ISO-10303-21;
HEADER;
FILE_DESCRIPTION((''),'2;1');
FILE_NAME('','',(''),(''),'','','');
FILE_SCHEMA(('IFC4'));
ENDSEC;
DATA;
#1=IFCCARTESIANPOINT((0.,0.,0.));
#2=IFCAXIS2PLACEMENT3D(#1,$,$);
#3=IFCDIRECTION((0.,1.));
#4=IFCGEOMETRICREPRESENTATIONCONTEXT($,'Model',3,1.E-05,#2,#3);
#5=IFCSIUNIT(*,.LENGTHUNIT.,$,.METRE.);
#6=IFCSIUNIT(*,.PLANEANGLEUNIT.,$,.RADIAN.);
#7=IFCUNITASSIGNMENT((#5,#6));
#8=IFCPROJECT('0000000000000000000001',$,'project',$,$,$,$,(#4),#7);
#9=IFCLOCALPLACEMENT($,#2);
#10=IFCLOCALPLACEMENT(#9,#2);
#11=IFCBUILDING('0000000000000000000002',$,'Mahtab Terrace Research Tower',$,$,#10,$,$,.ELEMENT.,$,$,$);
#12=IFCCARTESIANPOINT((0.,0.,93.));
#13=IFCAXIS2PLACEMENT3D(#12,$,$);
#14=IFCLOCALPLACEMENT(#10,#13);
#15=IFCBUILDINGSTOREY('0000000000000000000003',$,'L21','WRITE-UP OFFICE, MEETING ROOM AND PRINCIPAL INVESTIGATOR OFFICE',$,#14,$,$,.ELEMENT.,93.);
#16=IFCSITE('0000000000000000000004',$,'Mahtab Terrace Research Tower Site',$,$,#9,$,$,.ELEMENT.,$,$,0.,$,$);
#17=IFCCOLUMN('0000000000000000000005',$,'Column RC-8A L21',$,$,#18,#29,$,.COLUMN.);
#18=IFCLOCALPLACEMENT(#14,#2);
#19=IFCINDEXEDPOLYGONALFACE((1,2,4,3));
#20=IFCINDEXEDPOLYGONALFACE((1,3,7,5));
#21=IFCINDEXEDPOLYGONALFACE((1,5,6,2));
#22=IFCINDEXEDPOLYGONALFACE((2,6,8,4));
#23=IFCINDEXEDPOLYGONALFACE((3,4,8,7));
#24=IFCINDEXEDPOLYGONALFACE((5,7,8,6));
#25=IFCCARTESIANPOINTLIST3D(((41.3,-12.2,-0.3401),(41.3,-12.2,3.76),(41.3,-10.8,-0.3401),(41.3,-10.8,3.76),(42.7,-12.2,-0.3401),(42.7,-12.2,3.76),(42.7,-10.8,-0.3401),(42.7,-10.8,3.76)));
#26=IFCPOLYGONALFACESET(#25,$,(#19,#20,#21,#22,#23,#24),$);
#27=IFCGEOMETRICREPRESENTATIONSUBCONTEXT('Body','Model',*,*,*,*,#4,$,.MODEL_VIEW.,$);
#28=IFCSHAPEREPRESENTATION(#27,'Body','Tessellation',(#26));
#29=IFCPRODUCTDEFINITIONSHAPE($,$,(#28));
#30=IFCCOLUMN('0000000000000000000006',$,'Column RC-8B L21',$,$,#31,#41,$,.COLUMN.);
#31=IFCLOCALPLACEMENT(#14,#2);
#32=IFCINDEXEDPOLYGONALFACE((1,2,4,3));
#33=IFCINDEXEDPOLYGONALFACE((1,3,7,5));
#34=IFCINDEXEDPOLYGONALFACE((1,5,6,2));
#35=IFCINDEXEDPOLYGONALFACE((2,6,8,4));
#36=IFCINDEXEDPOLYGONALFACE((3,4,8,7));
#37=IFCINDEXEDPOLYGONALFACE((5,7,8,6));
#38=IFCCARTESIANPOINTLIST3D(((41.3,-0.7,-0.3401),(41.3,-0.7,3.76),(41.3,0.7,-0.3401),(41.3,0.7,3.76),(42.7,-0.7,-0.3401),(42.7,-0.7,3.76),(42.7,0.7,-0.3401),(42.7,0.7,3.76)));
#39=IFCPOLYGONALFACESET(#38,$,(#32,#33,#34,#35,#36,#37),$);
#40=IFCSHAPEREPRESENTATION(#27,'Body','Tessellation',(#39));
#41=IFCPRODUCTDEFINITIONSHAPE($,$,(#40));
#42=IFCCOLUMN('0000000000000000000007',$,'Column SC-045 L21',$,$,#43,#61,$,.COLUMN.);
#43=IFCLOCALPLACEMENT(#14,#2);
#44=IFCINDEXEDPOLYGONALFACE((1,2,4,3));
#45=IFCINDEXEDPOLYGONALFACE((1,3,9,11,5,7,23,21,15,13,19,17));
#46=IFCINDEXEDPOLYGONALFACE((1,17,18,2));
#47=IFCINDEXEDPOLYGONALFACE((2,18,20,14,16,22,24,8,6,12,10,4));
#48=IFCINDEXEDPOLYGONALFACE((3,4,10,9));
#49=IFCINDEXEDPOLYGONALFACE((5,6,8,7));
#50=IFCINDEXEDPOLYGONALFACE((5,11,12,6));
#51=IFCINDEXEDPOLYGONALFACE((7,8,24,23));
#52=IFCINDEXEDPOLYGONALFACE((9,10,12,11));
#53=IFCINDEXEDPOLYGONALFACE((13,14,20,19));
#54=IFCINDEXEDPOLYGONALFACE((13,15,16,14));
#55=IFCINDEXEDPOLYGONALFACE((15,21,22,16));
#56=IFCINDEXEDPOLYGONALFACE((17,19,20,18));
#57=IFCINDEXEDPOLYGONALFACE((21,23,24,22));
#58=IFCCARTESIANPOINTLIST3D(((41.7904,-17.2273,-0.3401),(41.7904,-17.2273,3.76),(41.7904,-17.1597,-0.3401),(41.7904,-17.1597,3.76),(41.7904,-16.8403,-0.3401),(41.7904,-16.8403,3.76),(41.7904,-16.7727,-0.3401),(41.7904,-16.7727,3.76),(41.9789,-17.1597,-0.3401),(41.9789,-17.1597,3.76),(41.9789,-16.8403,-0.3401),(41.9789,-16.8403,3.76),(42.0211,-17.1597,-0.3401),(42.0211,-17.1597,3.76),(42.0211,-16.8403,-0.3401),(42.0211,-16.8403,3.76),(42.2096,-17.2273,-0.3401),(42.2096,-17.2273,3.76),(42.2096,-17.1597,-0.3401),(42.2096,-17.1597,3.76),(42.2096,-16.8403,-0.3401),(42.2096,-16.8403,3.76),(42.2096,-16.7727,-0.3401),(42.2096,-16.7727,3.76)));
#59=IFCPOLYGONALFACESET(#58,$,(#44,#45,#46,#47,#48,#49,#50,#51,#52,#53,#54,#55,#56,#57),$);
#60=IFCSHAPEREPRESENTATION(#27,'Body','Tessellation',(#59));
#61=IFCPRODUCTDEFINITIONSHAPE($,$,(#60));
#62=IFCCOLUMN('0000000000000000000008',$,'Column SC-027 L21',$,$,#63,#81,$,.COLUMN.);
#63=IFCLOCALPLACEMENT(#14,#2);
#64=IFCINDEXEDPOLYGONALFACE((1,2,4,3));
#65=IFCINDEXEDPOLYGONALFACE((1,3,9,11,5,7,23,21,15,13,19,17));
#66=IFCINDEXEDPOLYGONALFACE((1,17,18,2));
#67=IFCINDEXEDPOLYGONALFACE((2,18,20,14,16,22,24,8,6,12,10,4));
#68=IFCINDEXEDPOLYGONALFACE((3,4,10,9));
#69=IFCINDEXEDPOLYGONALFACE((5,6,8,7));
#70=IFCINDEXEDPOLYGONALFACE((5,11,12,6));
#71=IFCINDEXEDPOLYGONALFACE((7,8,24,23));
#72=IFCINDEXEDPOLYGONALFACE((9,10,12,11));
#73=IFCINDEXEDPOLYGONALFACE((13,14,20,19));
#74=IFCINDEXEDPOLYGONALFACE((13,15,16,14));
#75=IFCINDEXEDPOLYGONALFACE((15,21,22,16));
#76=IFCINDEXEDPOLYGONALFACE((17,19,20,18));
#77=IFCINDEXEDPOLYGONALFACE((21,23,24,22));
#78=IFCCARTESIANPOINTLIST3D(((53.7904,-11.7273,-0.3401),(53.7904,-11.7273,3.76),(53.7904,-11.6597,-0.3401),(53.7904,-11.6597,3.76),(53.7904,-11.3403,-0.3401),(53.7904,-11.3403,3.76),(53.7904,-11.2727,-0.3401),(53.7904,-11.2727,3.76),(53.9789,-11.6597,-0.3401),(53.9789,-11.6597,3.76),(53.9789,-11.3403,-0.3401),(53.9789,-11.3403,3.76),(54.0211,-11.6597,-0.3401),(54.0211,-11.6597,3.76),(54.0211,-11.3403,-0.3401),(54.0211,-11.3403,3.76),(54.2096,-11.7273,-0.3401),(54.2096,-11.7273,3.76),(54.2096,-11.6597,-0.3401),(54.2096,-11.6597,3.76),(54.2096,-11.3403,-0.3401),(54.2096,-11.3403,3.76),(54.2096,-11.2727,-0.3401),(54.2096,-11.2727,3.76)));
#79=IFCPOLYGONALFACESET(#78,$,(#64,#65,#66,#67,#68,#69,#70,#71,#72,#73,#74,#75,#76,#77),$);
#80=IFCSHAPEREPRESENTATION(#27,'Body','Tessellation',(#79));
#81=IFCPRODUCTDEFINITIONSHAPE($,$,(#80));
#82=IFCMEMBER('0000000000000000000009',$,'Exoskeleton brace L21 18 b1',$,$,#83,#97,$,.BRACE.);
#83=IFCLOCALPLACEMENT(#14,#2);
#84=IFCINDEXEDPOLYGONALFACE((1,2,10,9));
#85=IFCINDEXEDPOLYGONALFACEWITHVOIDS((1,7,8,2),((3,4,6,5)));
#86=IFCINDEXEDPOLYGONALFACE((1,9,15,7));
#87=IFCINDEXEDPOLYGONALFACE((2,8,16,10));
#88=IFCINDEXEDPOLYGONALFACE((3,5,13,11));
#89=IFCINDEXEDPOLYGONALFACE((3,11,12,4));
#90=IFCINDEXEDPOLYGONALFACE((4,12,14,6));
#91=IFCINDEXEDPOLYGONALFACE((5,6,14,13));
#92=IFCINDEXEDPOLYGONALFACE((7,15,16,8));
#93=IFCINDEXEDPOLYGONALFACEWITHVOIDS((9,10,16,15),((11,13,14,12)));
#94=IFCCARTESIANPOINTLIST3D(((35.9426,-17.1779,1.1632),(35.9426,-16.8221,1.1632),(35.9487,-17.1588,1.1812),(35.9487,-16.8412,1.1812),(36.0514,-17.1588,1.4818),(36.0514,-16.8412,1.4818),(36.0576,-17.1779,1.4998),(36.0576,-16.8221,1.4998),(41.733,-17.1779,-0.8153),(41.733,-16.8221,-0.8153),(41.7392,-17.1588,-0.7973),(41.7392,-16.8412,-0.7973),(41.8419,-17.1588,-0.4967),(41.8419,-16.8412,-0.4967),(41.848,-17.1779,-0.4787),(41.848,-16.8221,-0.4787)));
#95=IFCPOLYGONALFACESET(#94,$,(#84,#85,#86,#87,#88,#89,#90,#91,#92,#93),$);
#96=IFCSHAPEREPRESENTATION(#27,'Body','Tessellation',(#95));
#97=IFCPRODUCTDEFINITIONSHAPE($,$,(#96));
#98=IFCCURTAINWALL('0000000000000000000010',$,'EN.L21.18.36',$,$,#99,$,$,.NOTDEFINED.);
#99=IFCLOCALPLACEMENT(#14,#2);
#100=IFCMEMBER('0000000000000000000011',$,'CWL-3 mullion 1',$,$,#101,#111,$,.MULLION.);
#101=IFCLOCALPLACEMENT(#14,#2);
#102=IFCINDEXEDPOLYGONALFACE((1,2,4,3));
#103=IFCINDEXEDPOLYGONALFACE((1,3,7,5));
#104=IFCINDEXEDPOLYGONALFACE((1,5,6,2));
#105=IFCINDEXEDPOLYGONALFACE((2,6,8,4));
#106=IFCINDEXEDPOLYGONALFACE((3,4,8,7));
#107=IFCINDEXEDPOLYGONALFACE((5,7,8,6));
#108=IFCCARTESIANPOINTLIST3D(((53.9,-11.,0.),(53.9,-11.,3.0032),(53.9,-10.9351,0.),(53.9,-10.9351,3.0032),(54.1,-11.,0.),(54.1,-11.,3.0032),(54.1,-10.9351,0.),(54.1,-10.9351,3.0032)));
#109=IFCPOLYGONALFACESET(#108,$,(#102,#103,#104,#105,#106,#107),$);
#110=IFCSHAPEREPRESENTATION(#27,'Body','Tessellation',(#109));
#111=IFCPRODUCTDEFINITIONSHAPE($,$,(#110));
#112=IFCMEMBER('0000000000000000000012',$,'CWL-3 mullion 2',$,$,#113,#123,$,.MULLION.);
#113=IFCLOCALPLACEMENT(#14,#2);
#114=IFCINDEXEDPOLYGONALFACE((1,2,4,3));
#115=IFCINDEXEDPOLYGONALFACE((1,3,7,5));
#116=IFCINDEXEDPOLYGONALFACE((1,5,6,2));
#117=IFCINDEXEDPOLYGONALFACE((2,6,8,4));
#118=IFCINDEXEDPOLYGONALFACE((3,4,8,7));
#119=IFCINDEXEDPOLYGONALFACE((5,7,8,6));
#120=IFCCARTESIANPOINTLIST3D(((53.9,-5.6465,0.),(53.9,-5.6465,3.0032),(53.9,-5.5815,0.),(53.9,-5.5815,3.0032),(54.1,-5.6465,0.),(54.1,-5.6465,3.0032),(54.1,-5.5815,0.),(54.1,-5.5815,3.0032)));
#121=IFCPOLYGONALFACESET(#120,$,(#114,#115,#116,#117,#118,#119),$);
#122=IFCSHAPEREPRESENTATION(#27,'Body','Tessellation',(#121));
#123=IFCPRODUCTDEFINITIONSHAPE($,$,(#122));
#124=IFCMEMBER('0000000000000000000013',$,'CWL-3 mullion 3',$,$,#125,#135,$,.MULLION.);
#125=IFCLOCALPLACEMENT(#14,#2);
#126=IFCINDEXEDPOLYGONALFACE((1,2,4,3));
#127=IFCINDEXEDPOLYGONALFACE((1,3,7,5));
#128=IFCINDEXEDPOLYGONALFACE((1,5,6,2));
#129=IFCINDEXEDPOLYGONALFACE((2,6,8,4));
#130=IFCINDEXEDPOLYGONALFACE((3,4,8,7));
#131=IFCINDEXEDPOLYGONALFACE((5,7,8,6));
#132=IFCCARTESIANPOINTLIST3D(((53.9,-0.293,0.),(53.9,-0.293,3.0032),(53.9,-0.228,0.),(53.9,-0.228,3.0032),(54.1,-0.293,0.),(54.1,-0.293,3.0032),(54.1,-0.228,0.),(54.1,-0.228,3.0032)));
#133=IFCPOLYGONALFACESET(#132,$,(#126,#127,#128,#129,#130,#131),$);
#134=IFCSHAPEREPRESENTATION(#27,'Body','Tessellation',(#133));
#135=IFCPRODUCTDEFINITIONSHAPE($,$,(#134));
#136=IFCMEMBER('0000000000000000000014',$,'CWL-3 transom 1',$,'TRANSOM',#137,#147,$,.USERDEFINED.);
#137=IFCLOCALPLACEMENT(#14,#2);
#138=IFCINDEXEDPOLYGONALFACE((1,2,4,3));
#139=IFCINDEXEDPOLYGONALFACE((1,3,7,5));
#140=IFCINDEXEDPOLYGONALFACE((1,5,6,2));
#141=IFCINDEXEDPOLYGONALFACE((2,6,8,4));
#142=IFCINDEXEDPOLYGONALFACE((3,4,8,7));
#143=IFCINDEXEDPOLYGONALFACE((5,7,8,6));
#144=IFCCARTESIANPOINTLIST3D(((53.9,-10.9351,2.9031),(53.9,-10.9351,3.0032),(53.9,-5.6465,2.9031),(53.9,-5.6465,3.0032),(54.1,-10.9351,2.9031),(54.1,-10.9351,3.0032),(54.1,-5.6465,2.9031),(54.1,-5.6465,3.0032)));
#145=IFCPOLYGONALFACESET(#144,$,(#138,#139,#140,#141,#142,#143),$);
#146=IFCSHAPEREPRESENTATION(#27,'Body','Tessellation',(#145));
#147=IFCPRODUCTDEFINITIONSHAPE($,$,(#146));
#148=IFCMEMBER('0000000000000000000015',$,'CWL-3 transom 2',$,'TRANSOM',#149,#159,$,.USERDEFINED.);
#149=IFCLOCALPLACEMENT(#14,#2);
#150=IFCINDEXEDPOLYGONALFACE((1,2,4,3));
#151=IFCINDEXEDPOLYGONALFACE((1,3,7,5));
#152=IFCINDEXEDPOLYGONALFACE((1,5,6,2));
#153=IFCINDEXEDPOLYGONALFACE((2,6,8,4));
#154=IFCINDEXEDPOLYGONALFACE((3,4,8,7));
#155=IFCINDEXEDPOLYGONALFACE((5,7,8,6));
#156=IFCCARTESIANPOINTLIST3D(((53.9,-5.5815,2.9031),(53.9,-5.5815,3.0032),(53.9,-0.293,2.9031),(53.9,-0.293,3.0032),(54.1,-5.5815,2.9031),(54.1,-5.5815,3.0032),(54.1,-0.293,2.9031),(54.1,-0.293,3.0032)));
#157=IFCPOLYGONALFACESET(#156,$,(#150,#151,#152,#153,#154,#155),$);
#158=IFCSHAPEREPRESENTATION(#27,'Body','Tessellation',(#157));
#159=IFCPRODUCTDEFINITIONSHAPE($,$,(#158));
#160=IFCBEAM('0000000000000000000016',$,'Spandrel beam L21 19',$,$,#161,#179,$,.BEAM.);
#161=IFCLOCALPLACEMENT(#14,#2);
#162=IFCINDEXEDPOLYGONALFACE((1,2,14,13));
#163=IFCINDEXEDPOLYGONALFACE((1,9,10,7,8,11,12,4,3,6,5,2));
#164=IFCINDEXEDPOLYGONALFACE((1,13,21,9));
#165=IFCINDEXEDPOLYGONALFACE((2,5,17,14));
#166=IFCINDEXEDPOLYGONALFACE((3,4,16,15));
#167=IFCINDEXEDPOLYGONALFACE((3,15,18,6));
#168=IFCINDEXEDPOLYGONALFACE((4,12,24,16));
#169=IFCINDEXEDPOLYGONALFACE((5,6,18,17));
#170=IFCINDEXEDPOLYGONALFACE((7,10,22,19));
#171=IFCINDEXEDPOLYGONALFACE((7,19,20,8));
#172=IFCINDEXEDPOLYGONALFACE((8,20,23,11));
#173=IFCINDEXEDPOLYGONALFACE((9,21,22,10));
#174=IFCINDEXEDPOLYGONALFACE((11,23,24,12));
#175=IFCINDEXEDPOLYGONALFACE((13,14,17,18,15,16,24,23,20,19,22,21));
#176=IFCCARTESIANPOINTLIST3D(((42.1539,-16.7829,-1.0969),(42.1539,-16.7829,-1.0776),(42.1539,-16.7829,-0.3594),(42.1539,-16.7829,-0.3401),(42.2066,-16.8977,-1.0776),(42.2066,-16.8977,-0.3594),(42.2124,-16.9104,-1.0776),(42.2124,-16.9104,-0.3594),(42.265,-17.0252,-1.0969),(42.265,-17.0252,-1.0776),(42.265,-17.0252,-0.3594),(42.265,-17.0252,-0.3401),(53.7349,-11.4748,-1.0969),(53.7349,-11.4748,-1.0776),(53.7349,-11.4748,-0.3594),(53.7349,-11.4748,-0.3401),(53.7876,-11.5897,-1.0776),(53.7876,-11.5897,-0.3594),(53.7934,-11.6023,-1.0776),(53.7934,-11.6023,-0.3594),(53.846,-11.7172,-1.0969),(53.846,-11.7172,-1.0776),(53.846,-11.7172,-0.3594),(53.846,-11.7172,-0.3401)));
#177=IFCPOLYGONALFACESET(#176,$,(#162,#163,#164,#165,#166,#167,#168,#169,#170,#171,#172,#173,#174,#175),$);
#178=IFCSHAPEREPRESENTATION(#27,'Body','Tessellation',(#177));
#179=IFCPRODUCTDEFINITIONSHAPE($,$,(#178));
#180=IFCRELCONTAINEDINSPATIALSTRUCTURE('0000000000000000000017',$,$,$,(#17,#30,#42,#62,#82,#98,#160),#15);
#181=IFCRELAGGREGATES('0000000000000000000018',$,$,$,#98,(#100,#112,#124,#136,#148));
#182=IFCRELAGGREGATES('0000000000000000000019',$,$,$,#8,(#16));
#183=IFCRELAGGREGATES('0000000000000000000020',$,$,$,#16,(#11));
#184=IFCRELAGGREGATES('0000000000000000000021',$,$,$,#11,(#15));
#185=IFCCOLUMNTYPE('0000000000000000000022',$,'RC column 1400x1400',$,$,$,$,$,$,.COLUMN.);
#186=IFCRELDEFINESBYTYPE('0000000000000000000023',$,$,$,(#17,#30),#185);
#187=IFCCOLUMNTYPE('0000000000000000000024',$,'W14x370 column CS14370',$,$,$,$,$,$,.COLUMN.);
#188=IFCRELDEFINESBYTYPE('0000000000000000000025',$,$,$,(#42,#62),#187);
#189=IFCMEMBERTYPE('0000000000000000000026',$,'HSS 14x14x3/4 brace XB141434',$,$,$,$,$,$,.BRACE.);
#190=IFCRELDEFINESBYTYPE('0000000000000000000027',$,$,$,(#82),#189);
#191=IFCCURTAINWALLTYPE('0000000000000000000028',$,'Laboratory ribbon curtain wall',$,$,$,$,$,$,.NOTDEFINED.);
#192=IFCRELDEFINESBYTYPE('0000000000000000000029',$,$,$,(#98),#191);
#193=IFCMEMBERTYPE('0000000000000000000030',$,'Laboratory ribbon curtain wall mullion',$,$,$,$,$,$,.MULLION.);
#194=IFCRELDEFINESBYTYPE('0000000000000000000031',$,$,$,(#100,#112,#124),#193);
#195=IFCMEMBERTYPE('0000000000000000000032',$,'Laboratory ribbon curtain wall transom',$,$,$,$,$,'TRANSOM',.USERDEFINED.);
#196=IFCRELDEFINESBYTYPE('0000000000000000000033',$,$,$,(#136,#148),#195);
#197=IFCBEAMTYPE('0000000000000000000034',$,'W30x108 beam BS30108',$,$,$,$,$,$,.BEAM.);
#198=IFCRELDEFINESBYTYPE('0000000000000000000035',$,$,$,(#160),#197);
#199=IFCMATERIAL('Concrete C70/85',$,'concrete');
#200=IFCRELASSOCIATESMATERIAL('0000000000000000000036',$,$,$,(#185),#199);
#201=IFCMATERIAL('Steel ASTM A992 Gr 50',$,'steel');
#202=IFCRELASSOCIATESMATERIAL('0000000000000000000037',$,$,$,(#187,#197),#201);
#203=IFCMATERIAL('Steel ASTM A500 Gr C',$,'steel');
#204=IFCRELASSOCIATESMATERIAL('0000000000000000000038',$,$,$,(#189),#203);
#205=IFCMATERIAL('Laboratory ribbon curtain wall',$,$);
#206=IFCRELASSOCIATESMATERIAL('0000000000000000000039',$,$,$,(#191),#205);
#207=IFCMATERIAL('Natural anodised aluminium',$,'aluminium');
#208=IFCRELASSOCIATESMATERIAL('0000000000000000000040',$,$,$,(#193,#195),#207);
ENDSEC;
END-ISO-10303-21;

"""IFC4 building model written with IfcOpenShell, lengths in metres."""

from ifc_helpers import new_model, si_unit, direction, frame, origin, origin_2d, place, context, subcontext, project, spatial, rectangle, hollow_rectangle, i_section, extrude, material, material_profile, profile_set, type_object, element, aggregate, save


model = new_model("IFC4")

# Units and contexts
model_context = context("Model", 3, precision=1e-05, world=origin(), true_north=direction((0.0, 1.0)))
body_context = subcontext(model_context, "Body", "Model", "MODEL_VIEW")
ifc_project = project(units=[si_unit("LENGTHUNIT", "METRE"), si_unit("PLANEANGLEUNIT", "RADIAN")], contexts=[model_context])

# Site, building, storey
site_placement = place(None, origin())
site = spatial("IfcSite", under=ifc_project, at=site_placement, Name="Mahtab Terrace Research Tower Site", CompositionType="ELEMENT", RefElevation=0.0)
building_placement = place(site_placement, origin())
building = spatial("IfcBuilding", under=site, at=building_placement, Name="Mahtab Terrace Research Tower", CompositionType="ELEMENT")
storey_placement = place(building_placement, frame((0.0, 0.0, 93.0)))
storey = spatial("IfcBuildingStorey", under=building, at=storey_placement, Name="L21", Description="WRITE-UP OFFICE, MEETING ROOM AND PRINCIPAL INVESTIGATOR OFFICE", CompositionType="ELEMENT", Elevation=93.0)

# Columns
ifc_material_1 = material(Name="Concrete C70/85", Category="concrete")
ifc_material_profile_1 = material_profile(ifc_material_1, rectangle(XDim=1.3999, YDim=1.3999, at=origin_2d()), Name="RC column 1400x1400")
ifc_profile_set_1 = profile_set([ifc_material_profile_1], Name="Concrete C70/85")
column_type_1 = type_object("IfcColumnType", Name="RC column 1400x1400", PredefinedType="COLUMN", material=ifc_profile_set_1)
for number, where, z_axis, x_axis, name in (
    (1, (42.0, -11.5, -0.3401), (0.0, 0.0, 1.0), (1.0, 0.0, 0.0), "Column RC-8A L21"),
    (2, (42.0, 0.0, -0.3401), (0.0, 0.0, 1.0), (1.0, 0.0, 0.0), "Column RC-8B L21"),
):
    element("IfcColumn", number, at=place(storey_placement, frame(where, z_axis=z_axis, x_axis=x_axis)), inside=storey, type_object=column_type_1, Name=name, PredefinedType="COLUMN", context=body_context, shape_type="SweptSolid", body=[
        extrude(rectangle(XDim=1.3999, YDim=1.3999, at=origin_2d()), origin(), (0.0, 0.0, 1.0), 4.1001),
    ])
ifc_material_2 = material(Name="Steel ASTM A992 Gr 50", Category="steel")
ifc_material_profile_2 = material_profile(ifc_material_2, i_section(OverallWidth=0.4192, OverallDepth=0.4546, WebThickness=0.0422, FlangeThickness=0.0676, at=origin_2d()), Name="W14X370")
ifc_profile_set_2 = profile_set([ifc_material_profile_2], Name="Steel ASTM A992 Gr 50")
column_type_2 = type_object("IfcColumnType", Name="W14x370 column CS14370", PredefinedType="COLUMN", material=ifc_profile_set_2)
for number, where, z_axis, x_axis, name in (
    (3, (42.0, -17.0, -0.3401), (0.0, 0.0, 1.0), (1.0, 0.0, 0.0), "Column SC-045 L21"),
    (4, (54.0, -11.5, -0.3401), (0.0, 0.0, 1.0), (1.0, 0.0, 0.0), "Column SC-027 L21"),
):
    element("IfcColumn", number, at=place(storey_placement, frame(where, z_axis=z_axis, x_axis=x_axis)), inside=storey, type_object=column_type_2, Name=name, PredefinedType="COLUMN", context=body_context, shape_type="SweptSolid", body=[
        extrude(i_section(OverallWidth=0.4192, OverallDepth=0.4546, WebThickness=0.0422, FlangeThickness=0.0676, at=origin_2d()), origin(), (0.0, 0.0, 1.0), 4.1001),
    ])

# Member
ifc_material_3 = material(Name="Steel ASTM A500 Gr C", Category="steel")
ifc_material_profile_3 = material_profile(ifc_material_3, hollow_rectangle(XDim=0.3557, YDim=0.3557, WallThickness=0.019, at=origin_2d()), Name="HSS14X14X3/4")
ifc_profile_set_3 = profile_set([ifc_material_profile_3], Name="Steel ASTM A500 Gr C")
member_type_1 = type_object("IfcMemberType", Name="HSS 14x14x3/4 brace XB141434", PredefinedType="BRACE", material=ifc_profile_set_3)
member_1_placement = place(storey_placement, frame((41.7905, -17.0, -0.647), z_axis=(-0.946287, 0.0, 0.323329), x_axis=(0.0, -1.0, 0.0)))
element("IfcMember", 5, at=member_1_placement, inside=storey, type_object=member_type_1, Name="Exoskeleton brace L21 18 b1", PredefinedType="BRACE", context=body_context, shape_type="SweptSolid", body=[
    extrude(hollow_rectangle(XDim=0.3557, YDim=0.3557, WallThickness=0.019, at=origin_2d()), origin(), (0.0, 0.0, 1.0), 6.1191),
])

# Curtain wall, members
ifc_material_4 = material(Name="Laboratory ribbon curtain wall")
curtain_wall_type = type_object("IfcCurtainWallType", Name="Laboratory ribbon curtain wall", PredefinedType="NOTDEFINED", material=ifc_material_4)
curtain_wall_placement = place(storey_placement, origin())
curtain_wall = element("IfcCurtainWall", 6, at=curtain_wall_placement, inside=storey, type_object=curtain_wall_type, Name="EN.L21.18.36", PredefinedType="NOTDEFINED")
ifc_material_5 = material(Name="Natural anodised aluminium", Category="aluminium")
ifc_material_profile_4 = material_profile(ifc_material_5, rectangle(XDim=0.2, YDim=0.0649, at=origin_2d()), Name="MULLION 65x200")
ifc_profile_set_4 = profile_set([ifc_material_profile_4], Name="Natural anodised aluminium")
member_type_2 = type_object("IfcMemberType", Name="Laboratory ribbon curtain wall mullion", PredefinedType="MULLION", material=ifc_profile_set_4)
member_2_placement = place(storey_placement, frame((54.0, -10.9675, 0.0), z_axis=(0.0, 0.0, 1.0), x_axis=(-1.0, 0.0, 0.0)))
member_2 = element("IfcMember", 7, at=member_2_placement, type_object=member_type_2, Name="CWL-3 mullion 1", PredefinedType="MULLION", context=body_context, shape_type="SweptSolid", body=[
    extrude(rectangle(XDim=0.2, YDim=0.0649, at=origin_2d()), origin(), (0.0, 0.0, 1.0), 3.0032),
])
member_3_placement = place(storey_placement, frame((54.0, -5.614, 0.0), z_axis=(0.0, 0.0, 1.0), x_axis=(-1.0, 0.0, 0.0)))
member_3 = element("IfcMember", 8, at=member_3_placement, type_object=member_type_2, Name="CWL-3 mullion 2", PredefinedType="MULLION", context=body_context, shape_type="SweptSolid", body=[
    extrude(rectangle(XDim=0.2, YDim=0.0649, at=origin_2d()), origin(), (0.0, 0.0, 1.0), 3.0032),
])
member_4_placement = place(storey_placement, frame((54.0, -0.2605, 0.0), z_axis=(0.0, 0.0, 1.0), x_axis=(-1.0, 0.0, 0.0)))
member_4 = element("IfcMember", 9, at=member_4_placement, type_object=member_type_2, Name="CWL-3 mullion 3", PredefinedType="MULLION", context=body_context, shape_type="SweptSolid", body=[
    extrude(rectangle(XDim=0.2, YDim=0.0649, at=origin_2d()), origin(), (0.0, 0.0, 1.0), 3.0032),
])
ifc_material_profile_5 = material_profile(ifc_material_5, rectangle(XDim=0.2, YDim=0.1001, at=origin_2d()), Name="TRANSOM 100x200")
ifc_profile_set_5 = profile_set([ifc_material_profile_5], Name="Natural anodised aluminium")
member_type_3 = type_object("IfcMemberType", Name="Laboratory ribbon curtain wall transom", ElementType="TRANSOM", PredefinedType="USERDEFINED", material=ifc_profile_set_5)
member_5_placement = place(storey_placement, frame((54.0, -10.9351, 2.9531), z_axis=(0.0, 1.0, 0.0), x_axis=(-1.0, 0.0, 0.0)))
member_5 = element("IfcMember", 10, at=member_5_placement, type_object=member_type_3, Name="CWL-3 transom 1", ObjectType="TRANSOM", PredefinedType="USERDEFINED", context=body_context, shape_type="SweptSolid", body=[
    extrude(rectangle(XDim=0.2, YDim=0.1001, at=origin_2d()), origin(), (0.0, 0.0, 1.0), 5.2886),
])
member_6_placement = place(storey_placement, frame((54.0, -5.5815, 2.9531), z_axis=(0.0, 1.0, 0.0), x_axis=(-1.0, 0.0, 0.0)))
member_6 = element("IfcMember", 11, at=member_6_placement, type_object=member_type_3, Name="CWL-3 transom 2", ObjectType="TRANSOM", PredefinedType="USERDEFINED", context=body_context, shape_type="SweptSolid", body=[
    extrude(rectangle(XDim=0.2, YDim=0.1001, at=origin_2d()), origin(), (0.0, 0.0, 1.0), 5.2886),
])

# Beam
ifc_material_profile_6 = material_profile(ifc_material_2, i_section(OverallWidth=0.2666, OverallDepth=0.7568, WebThickness=0.0139, FlangeThickness=0.0193, at=origin_2d()), Name="W30X108")
ifc_profile_set_6 = profile_set([ifc_material_profile_6], Name="Steel ASTM A992 Gr 50")
beam_type = type_object("IfcBeamType", Name="W30x108 beam BS30108", PredefinedType="BEAM", material=ifc_profile_set_6)
beam_1_placement = place(storey_placement, frame((42.2095, -16.9041, -0.7185), z_axis=(0.909061, 0.416663, 0.0), x_axis=(-0.416663, 0.909061, 0.0)))
element("IfcBeam", 12, at=beam_1_placement, inside=storey, type_object=beam_type, Name="Spandrel beam L21 19", PredefinedType="BEAM", context=body_context, shape_type="SweptSolid", body=[
    extrude(i_section(OverallWidth=0.2666, OverallDepth=0.7568, WebThickness=0.0139, FlangeThickness=0.0193, at=origin_2d()), origin(), (0.0, 0.0, 1.0), 12.7395),
])

aggregate(curtain_wall, [member_2, member_3, member_4, member_5, member_6])

save(model, "model.ifc")
